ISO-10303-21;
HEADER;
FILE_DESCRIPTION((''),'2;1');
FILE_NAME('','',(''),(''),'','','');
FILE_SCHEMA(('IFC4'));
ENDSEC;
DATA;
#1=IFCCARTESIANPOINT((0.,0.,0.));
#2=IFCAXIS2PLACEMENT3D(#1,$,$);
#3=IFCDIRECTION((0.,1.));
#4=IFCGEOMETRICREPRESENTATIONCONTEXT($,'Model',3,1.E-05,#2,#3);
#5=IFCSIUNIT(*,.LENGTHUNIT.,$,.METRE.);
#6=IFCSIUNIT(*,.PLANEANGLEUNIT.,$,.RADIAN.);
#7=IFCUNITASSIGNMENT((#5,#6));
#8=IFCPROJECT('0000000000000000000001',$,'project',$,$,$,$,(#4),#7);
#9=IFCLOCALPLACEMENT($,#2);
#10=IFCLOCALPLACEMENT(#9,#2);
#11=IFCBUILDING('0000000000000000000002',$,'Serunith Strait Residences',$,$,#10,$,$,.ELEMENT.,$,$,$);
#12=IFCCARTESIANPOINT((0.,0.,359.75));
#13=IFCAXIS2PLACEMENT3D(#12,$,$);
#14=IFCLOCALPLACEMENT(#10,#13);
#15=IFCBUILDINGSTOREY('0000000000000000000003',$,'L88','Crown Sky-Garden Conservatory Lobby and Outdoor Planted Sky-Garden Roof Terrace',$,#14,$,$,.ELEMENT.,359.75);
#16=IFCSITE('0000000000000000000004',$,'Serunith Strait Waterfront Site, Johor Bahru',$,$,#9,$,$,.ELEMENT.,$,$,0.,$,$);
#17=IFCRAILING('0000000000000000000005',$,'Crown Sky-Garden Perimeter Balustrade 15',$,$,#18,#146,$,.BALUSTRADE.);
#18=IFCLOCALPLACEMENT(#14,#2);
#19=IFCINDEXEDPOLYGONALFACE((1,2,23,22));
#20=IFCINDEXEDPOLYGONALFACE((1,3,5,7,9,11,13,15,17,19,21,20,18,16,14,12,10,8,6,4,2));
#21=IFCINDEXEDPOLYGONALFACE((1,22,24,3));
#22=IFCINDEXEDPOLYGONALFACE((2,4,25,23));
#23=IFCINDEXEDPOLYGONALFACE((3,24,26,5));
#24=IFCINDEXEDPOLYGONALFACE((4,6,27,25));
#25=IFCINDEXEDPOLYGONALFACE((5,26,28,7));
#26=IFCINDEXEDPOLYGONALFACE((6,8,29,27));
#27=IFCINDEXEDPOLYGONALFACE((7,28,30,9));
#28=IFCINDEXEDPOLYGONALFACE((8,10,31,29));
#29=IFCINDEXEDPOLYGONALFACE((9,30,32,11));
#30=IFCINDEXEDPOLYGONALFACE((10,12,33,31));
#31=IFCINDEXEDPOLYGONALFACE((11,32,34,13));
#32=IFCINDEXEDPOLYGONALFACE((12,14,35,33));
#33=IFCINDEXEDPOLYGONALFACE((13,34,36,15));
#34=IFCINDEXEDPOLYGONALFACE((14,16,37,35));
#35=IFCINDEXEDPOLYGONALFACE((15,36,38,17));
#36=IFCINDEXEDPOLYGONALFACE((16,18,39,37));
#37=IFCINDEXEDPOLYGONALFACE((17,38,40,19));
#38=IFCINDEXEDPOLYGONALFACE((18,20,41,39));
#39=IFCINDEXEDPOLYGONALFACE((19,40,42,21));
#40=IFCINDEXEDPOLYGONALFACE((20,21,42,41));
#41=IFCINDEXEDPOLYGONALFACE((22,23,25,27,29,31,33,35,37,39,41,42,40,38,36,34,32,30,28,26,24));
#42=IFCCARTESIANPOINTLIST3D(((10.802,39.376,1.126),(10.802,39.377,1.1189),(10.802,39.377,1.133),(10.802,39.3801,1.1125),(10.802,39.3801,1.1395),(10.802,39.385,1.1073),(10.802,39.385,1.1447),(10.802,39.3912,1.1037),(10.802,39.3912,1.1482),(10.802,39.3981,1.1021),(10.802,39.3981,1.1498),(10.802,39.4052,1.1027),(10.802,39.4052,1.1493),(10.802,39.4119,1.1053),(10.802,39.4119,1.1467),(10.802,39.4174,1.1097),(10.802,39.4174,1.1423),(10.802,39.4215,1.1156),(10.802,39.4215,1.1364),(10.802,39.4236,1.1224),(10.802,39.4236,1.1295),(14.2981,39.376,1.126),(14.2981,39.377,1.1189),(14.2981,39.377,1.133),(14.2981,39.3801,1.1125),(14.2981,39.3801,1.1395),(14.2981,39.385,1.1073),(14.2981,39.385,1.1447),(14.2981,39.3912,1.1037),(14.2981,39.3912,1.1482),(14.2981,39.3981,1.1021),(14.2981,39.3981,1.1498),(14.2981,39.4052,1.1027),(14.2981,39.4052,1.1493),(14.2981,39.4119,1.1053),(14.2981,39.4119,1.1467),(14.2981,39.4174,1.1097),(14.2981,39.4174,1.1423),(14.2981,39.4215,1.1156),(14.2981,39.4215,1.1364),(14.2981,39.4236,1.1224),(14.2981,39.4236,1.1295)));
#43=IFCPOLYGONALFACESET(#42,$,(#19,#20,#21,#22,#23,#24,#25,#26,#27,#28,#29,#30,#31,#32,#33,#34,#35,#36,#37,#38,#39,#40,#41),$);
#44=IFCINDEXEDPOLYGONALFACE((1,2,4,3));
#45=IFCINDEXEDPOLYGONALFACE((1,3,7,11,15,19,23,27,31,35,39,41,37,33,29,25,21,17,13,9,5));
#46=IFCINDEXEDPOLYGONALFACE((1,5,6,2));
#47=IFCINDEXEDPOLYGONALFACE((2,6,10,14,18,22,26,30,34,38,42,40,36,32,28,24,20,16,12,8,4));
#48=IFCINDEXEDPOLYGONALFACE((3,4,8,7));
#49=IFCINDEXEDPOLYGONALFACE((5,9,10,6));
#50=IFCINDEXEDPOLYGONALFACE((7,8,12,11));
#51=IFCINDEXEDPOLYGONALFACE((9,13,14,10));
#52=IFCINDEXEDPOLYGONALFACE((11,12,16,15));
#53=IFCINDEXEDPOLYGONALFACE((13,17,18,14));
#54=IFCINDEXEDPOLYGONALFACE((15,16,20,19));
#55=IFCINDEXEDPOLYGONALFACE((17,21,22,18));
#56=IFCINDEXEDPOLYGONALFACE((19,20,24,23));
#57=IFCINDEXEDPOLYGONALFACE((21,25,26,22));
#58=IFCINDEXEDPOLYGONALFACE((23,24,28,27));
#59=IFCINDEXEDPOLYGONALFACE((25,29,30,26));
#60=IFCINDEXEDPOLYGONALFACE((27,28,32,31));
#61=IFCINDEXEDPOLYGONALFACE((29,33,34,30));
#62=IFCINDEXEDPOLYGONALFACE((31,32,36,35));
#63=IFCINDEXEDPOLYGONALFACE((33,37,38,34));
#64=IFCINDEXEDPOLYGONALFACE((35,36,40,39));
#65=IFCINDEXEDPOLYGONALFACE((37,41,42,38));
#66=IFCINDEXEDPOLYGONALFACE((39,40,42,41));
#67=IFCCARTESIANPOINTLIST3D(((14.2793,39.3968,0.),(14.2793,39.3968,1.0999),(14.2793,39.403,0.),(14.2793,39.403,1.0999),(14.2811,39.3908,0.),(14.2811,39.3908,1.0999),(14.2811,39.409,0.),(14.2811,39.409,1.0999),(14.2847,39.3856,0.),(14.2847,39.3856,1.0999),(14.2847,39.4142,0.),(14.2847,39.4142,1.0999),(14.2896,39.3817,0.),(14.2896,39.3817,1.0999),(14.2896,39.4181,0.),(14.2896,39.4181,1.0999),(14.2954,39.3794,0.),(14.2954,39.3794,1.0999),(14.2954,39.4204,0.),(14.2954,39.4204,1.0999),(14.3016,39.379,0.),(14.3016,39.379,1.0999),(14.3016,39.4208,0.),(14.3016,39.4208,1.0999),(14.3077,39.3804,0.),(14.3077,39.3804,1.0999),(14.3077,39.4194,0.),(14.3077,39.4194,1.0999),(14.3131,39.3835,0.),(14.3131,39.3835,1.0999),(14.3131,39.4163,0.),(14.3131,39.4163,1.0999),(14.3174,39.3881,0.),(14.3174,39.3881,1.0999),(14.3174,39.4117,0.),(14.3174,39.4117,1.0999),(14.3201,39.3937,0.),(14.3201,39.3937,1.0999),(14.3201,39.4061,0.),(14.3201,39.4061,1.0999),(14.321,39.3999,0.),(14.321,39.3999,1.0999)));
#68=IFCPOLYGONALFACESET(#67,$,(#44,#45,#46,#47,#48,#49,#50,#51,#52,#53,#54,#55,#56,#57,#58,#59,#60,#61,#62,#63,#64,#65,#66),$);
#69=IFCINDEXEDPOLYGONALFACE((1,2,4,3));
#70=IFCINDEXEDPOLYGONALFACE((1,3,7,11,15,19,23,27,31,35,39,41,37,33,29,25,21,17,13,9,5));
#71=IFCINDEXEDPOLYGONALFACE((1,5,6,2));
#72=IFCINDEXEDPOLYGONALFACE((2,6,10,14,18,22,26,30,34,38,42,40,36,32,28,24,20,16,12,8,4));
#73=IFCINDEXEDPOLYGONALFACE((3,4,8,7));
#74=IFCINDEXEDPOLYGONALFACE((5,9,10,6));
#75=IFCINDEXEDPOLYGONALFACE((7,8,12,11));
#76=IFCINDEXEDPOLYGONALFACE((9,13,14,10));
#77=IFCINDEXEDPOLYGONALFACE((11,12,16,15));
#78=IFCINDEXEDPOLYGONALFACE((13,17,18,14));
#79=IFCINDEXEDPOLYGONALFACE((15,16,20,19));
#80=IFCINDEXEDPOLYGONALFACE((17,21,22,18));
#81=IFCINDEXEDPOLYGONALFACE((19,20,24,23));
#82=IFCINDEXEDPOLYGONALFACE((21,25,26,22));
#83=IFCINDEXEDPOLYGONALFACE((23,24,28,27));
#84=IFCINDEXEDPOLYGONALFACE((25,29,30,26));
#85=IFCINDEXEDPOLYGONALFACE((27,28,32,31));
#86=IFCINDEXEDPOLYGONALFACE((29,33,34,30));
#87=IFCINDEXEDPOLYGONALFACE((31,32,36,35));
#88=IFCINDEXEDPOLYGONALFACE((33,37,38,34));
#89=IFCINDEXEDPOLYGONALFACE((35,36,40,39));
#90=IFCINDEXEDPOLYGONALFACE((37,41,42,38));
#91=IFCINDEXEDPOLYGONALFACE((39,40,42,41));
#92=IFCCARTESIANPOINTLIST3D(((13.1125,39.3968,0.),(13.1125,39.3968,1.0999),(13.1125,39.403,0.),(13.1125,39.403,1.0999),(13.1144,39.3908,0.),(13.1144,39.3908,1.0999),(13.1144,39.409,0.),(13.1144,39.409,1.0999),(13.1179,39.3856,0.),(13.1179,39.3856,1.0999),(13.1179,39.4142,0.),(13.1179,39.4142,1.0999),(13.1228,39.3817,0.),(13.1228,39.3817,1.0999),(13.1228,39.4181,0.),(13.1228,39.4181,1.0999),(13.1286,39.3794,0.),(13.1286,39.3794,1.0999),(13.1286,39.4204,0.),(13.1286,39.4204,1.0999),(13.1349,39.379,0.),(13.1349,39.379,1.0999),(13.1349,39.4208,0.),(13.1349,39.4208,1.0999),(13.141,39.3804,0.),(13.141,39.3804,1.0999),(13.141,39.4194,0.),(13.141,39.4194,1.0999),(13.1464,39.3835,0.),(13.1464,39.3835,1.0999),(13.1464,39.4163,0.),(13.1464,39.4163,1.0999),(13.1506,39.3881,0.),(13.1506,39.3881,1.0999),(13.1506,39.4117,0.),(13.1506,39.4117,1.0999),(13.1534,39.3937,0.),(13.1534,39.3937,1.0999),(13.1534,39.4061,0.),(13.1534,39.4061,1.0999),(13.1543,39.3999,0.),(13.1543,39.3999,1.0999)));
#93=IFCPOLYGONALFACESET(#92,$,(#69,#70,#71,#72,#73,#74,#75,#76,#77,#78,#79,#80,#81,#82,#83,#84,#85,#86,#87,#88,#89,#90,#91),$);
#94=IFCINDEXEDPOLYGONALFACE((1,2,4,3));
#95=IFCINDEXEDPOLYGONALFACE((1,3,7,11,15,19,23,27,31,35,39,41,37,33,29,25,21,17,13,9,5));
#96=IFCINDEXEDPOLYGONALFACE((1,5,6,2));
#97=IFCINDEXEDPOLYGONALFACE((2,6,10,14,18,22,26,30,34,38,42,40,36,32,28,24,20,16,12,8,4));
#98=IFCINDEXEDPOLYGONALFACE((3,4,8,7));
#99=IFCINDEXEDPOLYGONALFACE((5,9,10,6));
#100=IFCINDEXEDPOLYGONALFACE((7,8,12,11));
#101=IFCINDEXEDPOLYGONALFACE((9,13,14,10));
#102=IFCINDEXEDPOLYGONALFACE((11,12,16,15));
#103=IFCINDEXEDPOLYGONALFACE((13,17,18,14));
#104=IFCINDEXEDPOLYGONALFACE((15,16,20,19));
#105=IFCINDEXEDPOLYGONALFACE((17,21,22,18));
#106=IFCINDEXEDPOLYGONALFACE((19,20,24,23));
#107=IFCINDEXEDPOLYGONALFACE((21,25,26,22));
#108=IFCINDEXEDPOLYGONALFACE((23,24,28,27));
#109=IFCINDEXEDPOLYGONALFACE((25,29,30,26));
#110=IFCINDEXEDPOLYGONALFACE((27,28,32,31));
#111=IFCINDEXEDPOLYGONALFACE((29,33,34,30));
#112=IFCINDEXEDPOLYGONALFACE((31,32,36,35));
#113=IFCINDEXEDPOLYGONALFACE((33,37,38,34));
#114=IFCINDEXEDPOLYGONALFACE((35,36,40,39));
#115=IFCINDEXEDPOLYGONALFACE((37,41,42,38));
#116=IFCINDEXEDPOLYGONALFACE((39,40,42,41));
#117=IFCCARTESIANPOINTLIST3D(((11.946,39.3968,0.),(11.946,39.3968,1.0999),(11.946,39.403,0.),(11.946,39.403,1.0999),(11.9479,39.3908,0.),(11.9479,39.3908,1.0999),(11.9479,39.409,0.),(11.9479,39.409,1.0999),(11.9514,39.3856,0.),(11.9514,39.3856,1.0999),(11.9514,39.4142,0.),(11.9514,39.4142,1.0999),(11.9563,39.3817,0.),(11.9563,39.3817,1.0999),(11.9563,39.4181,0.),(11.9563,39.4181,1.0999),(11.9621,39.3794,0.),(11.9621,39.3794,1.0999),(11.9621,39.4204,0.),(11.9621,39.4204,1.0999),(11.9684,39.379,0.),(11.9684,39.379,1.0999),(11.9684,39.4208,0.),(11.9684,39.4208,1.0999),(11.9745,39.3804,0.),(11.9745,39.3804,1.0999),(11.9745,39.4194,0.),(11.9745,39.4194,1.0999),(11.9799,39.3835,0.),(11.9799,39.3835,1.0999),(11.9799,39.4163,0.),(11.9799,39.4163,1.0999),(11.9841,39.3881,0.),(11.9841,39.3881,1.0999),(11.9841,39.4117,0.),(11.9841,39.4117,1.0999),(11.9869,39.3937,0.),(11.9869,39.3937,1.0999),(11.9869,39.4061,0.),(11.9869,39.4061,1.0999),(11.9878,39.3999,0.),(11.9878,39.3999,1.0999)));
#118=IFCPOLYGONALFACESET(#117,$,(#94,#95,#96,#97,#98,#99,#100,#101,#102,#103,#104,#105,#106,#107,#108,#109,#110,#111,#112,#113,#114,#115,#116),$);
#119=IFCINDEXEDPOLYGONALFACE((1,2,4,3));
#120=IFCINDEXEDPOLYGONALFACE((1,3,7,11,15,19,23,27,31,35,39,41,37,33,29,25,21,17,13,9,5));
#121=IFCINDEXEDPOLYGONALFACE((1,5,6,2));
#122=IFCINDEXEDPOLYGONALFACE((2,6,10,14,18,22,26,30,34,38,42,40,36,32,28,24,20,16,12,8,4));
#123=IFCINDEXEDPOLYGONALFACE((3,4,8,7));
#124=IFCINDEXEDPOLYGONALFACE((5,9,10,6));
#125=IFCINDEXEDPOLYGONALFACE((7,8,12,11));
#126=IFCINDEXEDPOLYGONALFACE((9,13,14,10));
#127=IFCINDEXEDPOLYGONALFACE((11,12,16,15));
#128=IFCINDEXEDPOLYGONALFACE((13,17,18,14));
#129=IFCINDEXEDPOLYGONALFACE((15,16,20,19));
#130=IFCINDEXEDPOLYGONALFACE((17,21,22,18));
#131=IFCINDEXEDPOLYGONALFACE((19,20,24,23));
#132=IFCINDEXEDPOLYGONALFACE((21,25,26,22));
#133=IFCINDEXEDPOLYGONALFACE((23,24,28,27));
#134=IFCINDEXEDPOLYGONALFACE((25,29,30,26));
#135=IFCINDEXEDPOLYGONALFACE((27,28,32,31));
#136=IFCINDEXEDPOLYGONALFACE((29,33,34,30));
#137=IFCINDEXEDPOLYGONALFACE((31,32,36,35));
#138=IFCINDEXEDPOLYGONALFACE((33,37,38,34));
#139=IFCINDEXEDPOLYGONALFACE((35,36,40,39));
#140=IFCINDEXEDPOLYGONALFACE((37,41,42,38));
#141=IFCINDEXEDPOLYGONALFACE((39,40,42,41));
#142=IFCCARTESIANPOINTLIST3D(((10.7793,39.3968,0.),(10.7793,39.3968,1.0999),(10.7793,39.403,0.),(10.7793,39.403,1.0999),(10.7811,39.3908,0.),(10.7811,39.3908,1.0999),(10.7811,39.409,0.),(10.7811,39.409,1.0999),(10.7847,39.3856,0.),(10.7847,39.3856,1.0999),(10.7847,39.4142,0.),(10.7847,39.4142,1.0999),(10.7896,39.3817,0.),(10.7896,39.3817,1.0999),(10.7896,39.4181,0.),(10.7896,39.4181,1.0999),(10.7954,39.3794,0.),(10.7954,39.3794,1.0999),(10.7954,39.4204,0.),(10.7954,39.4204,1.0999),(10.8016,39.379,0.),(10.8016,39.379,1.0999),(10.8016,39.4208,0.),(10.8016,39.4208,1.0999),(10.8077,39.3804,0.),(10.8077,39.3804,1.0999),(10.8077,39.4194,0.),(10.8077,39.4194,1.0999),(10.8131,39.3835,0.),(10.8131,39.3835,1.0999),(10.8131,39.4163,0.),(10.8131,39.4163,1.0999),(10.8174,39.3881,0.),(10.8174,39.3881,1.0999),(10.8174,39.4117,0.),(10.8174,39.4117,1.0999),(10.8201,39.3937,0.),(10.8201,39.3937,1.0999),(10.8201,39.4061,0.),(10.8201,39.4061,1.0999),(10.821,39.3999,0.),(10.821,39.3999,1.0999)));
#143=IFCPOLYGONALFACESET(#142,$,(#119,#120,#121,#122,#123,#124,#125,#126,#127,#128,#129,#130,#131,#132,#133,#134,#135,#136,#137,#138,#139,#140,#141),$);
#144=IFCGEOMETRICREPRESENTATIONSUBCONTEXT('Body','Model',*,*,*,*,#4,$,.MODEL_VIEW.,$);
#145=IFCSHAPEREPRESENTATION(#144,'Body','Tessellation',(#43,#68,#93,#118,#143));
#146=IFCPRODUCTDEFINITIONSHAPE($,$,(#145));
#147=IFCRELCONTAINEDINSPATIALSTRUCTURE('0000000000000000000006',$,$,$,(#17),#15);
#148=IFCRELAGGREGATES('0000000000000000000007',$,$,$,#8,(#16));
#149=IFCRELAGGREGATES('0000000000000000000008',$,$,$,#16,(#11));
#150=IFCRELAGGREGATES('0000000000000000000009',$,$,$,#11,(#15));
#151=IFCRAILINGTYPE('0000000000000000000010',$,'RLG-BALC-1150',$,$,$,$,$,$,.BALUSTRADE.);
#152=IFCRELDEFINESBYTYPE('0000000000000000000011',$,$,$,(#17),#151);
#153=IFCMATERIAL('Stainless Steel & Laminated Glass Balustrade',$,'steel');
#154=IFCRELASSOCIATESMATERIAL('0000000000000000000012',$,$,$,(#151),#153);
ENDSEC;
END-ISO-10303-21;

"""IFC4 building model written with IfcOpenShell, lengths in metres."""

from ifc_helpers import new_model, si_unit, direction, frame, origin, origin_2d, place, context, subcontext, project, spatial, circle, extrude, material, type_object, element, save


model = new_model("IFC4")

# Units and contexts
model_context = context("Model", 3, precision=1e-05, world=origin(), true_north=direction((0.0, 1.0)))
body_context = subcontext(model_context, "Body", "Model", "MODEL_VIEW")
ifc_project = project(units=[si_unit("LENGTHUNIT", "METRE"), si_unit("PLANEANGLEUNIT", "RADIAN")], contexts=[model_context])

# Site, building, storey
site_placement = place(None, origin())
site = spatial("IfcSite", under=ifc_project, at=site_placement, Name="Serunith Strait Waterfront Site, Johor Bahru", CompositionType="ELEMENT", RefElevation=0.0)
building_placement = place(site_placement, origin())
building = spatial("IfcBuilding", under=site, at=building_placement, Name="Serunith Strait Residences", CompositionType="ELEMENT")
storey_placement = place(building_placement, frame((0.0, 0.0, 359.75)))
storey = spatial("IfcBuildingStorey", under=building, at=storey_placement, Name="L88", Description="Crown Sky-Garden Conservatory Lobby and Outdoor Planted Sky-Garden Roof Terrace", CompositionType="ELEMENT", Elevation=359.75)

# Railing
ifc_material_1 = material(Name="Stainless Steel & Laminated Glass Balustrade", Category="steel")
railing_type_1 = type_object("IfcRailingType", Name="RLG-BALC-1150", PredefinedType="BALUSTRADE", material=ifc_material_1)
railing_1_placement = place(storey_placement, frame((14.3, 39.3999, 0.0)))
element("IfcRailing", 1, at=railing_1_placement, inside=storey, type_object=railing_type_1, Name="Crown Sky-Garden Perimeter Balustrade 15", PredefinedType="BALUSTRADE", context=body_context, shape_type="SweptSolid", body=[
    extrude(circle(Radius=0.0239, at=origin_2d()), frame((-0.002, 0.0, 1.126), z_axis=(-1.0, 0.0, 0.0), x_axis=(0.0, -1.0, 0.0)), (0.0, 0.0, 1.0), 3.4961),
    extrude(circle(Radius=0.021, at=origin_2d()), origin(), (0.0, 0.0, 1.0), 1.0999),
    extrude(circle(Radius=0.021, at=origin_2d()), frame((-1.1667, 0.0, 0.0)), (0.0, 0.0, 1.0), 1.0999),
    extrude(circle(Radius=0.021, at=origin_2d()), frame((-2.3333, 0.0, 0.0)), (0.0, 0.0, 1.0), 1.0999),
    extrude(circle(Radius=0.021, at=origin_2d()), frame((-3.5, 0.0, 0.0)), (0.0, 0.0, 1.0), 1.0999),
])

save(model, "model.ifc")
